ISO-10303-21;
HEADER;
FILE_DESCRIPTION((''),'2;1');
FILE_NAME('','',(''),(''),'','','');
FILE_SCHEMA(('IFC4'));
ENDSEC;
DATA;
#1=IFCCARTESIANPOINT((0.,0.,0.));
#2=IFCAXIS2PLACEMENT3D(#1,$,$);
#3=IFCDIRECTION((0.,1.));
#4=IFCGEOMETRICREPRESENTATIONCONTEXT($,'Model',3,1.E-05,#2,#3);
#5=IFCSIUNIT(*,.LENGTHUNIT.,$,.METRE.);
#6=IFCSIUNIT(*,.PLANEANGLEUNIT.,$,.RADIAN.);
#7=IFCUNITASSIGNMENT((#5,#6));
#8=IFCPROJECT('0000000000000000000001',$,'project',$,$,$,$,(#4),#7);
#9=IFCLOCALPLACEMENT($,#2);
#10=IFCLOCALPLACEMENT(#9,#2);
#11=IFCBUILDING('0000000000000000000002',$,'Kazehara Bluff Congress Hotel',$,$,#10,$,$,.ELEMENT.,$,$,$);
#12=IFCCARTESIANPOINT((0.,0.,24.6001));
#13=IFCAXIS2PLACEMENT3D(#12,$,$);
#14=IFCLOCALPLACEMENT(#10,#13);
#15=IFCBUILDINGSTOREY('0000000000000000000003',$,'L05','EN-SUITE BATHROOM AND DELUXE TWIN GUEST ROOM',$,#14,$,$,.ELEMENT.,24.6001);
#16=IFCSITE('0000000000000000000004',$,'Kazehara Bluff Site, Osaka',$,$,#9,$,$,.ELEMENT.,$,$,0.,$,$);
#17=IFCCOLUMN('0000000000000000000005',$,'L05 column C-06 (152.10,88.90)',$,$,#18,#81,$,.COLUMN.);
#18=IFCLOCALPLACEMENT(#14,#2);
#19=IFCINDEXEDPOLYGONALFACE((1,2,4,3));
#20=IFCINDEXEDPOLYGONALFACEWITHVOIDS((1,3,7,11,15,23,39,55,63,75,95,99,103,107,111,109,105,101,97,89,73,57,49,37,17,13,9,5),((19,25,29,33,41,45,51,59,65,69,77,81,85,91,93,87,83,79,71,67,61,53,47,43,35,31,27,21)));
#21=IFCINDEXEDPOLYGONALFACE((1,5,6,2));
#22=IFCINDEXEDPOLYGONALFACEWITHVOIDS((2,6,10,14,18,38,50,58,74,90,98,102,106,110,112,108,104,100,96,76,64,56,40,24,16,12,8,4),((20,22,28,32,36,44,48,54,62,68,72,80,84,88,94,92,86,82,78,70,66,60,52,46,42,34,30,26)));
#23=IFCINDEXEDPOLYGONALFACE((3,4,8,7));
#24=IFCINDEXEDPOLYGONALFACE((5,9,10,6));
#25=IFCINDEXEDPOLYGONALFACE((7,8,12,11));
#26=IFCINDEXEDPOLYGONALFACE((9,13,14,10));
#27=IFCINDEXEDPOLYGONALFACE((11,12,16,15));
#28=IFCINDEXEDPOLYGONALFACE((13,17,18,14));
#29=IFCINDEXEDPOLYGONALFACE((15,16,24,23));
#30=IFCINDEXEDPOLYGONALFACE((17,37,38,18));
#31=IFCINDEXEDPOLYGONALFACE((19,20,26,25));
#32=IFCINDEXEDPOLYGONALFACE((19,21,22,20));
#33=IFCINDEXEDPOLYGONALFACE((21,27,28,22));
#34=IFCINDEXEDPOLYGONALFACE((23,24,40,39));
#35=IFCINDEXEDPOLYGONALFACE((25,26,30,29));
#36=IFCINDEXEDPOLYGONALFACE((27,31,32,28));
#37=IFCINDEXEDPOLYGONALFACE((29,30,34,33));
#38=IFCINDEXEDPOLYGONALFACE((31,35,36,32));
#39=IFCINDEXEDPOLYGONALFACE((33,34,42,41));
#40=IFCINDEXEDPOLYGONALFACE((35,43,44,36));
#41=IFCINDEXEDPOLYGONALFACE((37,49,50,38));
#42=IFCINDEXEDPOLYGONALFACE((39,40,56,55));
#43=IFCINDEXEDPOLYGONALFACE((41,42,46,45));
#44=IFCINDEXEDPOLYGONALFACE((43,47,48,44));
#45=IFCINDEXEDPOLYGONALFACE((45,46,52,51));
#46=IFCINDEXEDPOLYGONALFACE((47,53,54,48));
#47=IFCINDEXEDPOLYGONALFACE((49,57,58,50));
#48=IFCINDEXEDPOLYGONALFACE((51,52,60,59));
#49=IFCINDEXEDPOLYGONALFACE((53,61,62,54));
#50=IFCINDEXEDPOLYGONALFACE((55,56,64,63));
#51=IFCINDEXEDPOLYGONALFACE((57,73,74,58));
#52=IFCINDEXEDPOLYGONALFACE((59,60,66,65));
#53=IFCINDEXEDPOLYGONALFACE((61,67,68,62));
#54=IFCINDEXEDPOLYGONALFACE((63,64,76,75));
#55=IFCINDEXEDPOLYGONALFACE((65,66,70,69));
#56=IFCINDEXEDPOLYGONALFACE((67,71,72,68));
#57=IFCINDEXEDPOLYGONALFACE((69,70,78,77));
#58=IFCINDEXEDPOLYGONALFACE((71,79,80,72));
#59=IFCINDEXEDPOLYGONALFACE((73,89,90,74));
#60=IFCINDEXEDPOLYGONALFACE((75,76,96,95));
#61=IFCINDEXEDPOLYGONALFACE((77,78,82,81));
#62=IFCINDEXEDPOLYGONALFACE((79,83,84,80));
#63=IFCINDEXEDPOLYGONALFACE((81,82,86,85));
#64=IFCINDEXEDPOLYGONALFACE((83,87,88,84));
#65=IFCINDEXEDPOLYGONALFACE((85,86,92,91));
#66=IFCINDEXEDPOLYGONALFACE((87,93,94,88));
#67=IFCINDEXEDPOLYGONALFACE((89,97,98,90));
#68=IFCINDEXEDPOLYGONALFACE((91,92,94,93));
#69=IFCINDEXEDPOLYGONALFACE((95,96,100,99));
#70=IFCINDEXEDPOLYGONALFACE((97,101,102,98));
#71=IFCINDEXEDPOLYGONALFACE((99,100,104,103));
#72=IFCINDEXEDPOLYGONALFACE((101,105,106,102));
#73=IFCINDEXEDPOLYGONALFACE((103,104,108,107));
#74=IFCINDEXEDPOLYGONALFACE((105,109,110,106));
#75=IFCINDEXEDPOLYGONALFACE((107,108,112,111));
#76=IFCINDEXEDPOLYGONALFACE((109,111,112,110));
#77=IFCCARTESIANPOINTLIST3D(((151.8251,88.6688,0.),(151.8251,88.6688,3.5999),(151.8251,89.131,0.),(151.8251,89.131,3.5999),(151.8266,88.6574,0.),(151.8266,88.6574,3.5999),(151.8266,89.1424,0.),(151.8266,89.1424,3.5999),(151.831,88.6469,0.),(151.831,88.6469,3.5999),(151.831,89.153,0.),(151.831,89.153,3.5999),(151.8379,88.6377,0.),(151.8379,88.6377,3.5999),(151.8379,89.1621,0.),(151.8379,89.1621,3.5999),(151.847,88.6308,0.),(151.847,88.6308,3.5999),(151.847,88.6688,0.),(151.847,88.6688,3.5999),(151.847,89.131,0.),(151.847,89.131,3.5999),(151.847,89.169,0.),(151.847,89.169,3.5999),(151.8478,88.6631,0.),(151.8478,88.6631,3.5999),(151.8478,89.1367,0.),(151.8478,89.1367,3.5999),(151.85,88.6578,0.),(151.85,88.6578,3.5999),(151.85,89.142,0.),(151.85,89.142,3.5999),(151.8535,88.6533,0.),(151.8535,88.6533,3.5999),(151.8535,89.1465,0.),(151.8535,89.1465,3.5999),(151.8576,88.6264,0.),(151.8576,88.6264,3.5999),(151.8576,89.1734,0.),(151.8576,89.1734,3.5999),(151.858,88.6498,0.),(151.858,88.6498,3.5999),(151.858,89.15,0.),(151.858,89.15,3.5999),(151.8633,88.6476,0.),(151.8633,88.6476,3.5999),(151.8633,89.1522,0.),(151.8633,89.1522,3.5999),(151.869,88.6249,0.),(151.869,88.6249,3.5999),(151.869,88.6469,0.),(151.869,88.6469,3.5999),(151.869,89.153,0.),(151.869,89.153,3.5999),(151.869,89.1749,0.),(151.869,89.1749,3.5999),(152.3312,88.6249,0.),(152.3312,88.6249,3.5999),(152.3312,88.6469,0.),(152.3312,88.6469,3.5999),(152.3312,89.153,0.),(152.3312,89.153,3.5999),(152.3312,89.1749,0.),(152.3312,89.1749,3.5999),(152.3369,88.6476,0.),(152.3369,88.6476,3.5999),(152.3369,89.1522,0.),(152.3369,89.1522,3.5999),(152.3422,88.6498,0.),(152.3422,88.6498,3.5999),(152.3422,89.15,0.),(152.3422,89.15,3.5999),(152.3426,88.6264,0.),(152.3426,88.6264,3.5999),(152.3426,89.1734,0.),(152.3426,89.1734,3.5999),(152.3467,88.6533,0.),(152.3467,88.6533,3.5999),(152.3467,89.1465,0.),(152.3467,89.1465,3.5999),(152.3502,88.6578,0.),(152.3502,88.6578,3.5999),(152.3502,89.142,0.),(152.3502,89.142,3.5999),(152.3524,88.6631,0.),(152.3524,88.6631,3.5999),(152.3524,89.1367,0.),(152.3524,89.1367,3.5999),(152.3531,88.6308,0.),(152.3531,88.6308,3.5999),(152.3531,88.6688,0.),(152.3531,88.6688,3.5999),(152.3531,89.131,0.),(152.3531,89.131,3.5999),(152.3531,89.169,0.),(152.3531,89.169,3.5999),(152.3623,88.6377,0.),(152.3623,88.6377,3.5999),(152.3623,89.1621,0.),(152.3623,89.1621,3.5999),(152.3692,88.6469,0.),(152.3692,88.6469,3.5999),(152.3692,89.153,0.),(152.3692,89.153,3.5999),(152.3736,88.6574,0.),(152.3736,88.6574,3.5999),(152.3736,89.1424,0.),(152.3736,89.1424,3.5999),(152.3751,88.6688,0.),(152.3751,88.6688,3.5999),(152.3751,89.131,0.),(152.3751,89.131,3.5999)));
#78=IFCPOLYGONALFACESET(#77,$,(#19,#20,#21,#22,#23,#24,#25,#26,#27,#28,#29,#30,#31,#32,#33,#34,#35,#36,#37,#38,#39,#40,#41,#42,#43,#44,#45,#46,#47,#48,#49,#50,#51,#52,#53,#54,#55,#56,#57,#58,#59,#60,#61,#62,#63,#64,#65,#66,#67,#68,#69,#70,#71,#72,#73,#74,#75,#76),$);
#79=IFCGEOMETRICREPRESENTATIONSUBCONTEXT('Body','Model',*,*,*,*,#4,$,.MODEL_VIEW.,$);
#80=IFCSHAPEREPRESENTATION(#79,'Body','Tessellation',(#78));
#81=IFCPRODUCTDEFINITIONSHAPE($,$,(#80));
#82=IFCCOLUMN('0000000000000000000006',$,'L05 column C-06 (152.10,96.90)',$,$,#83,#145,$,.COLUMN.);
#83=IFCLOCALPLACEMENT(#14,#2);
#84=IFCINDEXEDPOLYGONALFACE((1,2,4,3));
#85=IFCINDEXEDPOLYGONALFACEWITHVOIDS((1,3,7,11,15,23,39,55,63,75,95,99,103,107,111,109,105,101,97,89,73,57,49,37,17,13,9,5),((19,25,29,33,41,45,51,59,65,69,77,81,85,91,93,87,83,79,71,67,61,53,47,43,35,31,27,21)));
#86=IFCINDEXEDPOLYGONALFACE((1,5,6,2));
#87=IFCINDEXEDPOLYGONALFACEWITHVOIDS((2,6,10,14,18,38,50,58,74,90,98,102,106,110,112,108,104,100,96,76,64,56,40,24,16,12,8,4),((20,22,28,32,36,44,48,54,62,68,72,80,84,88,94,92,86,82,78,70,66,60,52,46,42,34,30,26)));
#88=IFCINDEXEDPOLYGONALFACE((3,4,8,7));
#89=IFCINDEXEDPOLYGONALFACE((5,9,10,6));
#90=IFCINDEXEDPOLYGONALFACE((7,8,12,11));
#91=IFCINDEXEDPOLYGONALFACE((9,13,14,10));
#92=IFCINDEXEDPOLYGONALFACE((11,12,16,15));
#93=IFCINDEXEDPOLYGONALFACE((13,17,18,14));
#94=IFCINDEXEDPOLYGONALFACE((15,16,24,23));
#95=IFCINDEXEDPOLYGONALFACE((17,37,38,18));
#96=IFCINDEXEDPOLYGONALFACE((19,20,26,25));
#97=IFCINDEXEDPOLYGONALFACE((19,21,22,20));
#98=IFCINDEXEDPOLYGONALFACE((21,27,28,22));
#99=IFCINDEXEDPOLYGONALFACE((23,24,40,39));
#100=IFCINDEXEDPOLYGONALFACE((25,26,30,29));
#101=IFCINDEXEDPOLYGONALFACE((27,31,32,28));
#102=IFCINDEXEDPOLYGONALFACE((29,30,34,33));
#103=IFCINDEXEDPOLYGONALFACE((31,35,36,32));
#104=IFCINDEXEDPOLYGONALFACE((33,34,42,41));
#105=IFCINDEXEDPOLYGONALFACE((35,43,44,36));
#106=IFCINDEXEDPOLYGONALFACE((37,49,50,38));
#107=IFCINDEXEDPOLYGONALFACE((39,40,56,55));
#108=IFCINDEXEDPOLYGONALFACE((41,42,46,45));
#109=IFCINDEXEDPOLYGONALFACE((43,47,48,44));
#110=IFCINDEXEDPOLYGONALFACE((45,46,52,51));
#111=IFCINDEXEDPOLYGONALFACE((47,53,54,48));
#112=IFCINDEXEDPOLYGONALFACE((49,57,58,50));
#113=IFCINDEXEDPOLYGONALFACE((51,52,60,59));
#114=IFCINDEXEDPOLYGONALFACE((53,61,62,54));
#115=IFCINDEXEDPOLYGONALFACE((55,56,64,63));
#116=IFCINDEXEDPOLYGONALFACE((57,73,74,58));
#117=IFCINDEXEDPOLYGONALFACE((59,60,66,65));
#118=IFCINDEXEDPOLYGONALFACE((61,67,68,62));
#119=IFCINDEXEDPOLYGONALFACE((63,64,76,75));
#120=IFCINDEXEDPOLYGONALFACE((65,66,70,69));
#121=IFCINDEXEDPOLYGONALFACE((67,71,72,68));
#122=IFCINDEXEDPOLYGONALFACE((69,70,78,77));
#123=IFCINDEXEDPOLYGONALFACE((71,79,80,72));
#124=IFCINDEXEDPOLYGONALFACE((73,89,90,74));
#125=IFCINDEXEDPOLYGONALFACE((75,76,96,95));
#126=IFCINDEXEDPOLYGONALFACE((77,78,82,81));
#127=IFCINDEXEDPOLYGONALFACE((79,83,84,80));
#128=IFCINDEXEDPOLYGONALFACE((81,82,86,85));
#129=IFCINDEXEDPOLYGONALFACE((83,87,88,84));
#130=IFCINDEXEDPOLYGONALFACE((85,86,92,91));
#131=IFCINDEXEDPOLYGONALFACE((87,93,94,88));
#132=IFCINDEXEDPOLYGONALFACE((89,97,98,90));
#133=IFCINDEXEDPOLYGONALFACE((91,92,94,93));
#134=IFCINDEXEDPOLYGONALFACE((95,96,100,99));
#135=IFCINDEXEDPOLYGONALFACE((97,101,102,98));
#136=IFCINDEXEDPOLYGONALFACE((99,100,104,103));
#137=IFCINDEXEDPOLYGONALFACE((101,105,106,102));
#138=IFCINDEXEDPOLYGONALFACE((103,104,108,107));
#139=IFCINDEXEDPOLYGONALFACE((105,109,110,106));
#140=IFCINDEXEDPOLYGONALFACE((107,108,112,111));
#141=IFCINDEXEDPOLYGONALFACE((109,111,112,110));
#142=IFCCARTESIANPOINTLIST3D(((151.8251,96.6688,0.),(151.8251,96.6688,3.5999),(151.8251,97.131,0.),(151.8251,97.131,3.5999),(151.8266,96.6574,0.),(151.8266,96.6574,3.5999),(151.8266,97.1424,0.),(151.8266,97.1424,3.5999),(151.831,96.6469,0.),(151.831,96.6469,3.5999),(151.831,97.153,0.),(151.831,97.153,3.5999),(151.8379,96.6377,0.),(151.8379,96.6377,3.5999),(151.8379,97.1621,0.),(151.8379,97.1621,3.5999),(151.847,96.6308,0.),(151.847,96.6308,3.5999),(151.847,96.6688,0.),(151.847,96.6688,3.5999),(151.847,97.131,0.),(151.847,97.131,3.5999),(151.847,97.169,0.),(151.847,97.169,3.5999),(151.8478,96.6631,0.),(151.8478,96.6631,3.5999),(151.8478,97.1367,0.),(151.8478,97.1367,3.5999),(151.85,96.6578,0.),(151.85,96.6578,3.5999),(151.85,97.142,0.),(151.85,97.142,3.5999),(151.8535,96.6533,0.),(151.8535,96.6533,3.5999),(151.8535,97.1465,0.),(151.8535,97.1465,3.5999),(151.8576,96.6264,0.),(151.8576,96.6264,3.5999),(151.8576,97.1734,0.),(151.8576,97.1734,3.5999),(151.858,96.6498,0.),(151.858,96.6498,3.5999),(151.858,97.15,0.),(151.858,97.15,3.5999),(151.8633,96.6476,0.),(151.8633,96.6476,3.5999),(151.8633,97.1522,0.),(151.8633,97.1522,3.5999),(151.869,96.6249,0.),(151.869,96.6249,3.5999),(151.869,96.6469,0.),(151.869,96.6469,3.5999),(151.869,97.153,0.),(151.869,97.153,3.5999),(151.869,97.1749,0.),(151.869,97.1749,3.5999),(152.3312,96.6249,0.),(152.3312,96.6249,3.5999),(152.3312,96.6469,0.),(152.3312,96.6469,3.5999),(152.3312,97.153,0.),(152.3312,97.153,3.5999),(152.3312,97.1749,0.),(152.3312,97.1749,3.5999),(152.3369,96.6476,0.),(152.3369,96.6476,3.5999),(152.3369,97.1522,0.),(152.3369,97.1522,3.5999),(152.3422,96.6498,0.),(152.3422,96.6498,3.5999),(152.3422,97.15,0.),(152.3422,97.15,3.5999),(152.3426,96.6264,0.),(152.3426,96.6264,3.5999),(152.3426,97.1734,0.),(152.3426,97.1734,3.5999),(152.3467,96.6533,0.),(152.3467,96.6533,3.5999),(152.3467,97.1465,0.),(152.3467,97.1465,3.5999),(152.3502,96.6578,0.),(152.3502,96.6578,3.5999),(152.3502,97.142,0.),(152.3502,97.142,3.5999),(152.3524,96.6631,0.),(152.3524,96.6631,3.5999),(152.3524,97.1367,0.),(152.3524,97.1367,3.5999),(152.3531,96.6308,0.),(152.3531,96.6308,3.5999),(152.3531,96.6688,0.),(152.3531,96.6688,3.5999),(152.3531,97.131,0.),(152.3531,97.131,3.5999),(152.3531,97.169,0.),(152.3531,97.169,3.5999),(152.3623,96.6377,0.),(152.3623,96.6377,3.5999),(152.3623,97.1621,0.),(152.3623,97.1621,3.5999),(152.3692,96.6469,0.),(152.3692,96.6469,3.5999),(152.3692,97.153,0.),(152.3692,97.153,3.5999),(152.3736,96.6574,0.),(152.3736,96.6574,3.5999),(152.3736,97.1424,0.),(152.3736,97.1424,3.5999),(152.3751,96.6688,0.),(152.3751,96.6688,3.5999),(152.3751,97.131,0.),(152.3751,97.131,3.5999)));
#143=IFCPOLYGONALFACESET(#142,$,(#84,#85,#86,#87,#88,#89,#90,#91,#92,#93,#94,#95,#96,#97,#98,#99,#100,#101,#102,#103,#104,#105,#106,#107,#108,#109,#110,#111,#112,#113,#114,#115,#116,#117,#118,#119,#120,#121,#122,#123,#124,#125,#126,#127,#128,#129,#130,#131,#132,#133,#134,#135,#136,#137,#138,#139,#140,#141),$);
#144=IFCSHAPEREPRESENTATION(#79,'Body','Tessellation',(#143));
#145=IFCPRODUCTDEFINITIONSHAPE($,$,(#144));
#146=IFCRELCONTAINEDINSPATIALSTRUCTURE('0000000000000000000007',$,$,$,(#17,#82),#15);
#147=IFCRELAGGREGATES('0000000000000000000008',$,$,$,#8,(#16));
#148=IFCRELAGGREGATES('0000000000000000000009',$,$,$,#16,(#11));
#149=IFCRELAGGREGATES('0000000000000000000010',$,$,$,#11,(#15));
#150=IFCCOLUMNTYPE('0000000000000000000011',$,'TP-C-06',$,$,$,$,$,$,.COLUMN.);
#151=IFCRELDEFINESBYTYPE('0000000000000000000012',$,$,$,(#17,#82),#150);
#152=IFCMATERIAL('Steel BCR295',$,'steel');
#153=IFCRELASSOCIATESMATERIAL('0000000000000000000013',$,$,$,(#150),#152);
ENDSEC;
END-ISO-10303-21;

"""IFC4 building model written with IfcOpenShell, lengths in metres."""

from ifc_helpers import new_model, si_unit, direction, frame, origin, origin_2d, place, context, subcontext, project, spatial, hollow_rectangle, extrude, material, material_profile, profile_set, type_object, element, save


model = new_model("IFC4")

# Units and contexts
model_context = context("Model", 3, precision=1e-05, world=origin(), true_north=direction((0.0, 1.0)))
body_context = subcontext(model_context, "Body", "Model", "MODEL_VIEW")
ifc_project = project(units=[si_unit("LENGTHUNIT", "METRE"), si_unit("PLANEANGLEUNIT", "RADIAN")], contexts=[model_context])

# Site, building, storey
site_placement = place(None, origin())
site = spatial("IfcSite", under=ifc_project, at=site_placement, Name="Kazehara Bluff Site, Osaka", CompositionType="ELEMENT", RefElevation=0.0)
building_placement = place(site_placement, origin())
building = spatial("IfcBuilding", under=site, at=building_placement, Name="Kazehara Bluff Congress Hotel", CompositionType="ELEMENT")
storey_placement = place(building_placement, frame((0.0, 0.0, 24.6001)))
storey = spatial("IfcBuildingStorey", under=building, at=storey_placement, Name="L05", Description="EN-SUITE BATHROOM AND DELUXE TWIN GUEST ROOM", CompositionType="ELEMENT", Elevation=24.6001)

# Columns
ifc_material_1 = material(Name="Steel BCR295", Category="steel")
ifc_material_profile_1 = material_profile(ifc_material_1, hollow_rectangle(XDim=0.55, YDim=0.55, WallThickness=0.022, InnerFilletRadius=0.022, OuterFilletRadius=0.0439, at=origin_2d()))
ifc_profile_set_1 = profile_set([ifc_material_profile_1], Name="Steel BCR295")
column_type = type_object("IfcColumnType", Name="TP-C-06", PredefinedType="COLUMN", material=ifc_profile_set_1)
for number, where, z_axis, x_axis, name in (
    (1, (152.1001, 88.8999, 0.0), (0.0, 0.0, 1.0), (1.0, 0.0, 0.0), "L05 column C-06 (152.10,88.90)"),
    (2, (152.1001, 96.8999, 0.0), (0.0, 0.0, 1.0), (1.0, 0.0, 0.0), "L05 column C-06 (152.10,96.90)"),
):
    element("IfcColumn", number, at=place(storey_placement, frame(where, z_axis=z_axis, x_axis=x_axis)), inside=storey, type_object=column_type, Name=name, PredefinedType="COLUMN", context=body_context, shape_type="SweptSolid", body=[
        extrude(hollow_rectangle(XDim=0.55, YDim=0.55, WallThickness=0.022, InnerFilletRadius=0.022, OuterFilletRadius=0.0439, at=origin_2d()), origin(), (0.0, 0.0, 1.0), 3.5999),
    ])

save(model, "model.ifc")
